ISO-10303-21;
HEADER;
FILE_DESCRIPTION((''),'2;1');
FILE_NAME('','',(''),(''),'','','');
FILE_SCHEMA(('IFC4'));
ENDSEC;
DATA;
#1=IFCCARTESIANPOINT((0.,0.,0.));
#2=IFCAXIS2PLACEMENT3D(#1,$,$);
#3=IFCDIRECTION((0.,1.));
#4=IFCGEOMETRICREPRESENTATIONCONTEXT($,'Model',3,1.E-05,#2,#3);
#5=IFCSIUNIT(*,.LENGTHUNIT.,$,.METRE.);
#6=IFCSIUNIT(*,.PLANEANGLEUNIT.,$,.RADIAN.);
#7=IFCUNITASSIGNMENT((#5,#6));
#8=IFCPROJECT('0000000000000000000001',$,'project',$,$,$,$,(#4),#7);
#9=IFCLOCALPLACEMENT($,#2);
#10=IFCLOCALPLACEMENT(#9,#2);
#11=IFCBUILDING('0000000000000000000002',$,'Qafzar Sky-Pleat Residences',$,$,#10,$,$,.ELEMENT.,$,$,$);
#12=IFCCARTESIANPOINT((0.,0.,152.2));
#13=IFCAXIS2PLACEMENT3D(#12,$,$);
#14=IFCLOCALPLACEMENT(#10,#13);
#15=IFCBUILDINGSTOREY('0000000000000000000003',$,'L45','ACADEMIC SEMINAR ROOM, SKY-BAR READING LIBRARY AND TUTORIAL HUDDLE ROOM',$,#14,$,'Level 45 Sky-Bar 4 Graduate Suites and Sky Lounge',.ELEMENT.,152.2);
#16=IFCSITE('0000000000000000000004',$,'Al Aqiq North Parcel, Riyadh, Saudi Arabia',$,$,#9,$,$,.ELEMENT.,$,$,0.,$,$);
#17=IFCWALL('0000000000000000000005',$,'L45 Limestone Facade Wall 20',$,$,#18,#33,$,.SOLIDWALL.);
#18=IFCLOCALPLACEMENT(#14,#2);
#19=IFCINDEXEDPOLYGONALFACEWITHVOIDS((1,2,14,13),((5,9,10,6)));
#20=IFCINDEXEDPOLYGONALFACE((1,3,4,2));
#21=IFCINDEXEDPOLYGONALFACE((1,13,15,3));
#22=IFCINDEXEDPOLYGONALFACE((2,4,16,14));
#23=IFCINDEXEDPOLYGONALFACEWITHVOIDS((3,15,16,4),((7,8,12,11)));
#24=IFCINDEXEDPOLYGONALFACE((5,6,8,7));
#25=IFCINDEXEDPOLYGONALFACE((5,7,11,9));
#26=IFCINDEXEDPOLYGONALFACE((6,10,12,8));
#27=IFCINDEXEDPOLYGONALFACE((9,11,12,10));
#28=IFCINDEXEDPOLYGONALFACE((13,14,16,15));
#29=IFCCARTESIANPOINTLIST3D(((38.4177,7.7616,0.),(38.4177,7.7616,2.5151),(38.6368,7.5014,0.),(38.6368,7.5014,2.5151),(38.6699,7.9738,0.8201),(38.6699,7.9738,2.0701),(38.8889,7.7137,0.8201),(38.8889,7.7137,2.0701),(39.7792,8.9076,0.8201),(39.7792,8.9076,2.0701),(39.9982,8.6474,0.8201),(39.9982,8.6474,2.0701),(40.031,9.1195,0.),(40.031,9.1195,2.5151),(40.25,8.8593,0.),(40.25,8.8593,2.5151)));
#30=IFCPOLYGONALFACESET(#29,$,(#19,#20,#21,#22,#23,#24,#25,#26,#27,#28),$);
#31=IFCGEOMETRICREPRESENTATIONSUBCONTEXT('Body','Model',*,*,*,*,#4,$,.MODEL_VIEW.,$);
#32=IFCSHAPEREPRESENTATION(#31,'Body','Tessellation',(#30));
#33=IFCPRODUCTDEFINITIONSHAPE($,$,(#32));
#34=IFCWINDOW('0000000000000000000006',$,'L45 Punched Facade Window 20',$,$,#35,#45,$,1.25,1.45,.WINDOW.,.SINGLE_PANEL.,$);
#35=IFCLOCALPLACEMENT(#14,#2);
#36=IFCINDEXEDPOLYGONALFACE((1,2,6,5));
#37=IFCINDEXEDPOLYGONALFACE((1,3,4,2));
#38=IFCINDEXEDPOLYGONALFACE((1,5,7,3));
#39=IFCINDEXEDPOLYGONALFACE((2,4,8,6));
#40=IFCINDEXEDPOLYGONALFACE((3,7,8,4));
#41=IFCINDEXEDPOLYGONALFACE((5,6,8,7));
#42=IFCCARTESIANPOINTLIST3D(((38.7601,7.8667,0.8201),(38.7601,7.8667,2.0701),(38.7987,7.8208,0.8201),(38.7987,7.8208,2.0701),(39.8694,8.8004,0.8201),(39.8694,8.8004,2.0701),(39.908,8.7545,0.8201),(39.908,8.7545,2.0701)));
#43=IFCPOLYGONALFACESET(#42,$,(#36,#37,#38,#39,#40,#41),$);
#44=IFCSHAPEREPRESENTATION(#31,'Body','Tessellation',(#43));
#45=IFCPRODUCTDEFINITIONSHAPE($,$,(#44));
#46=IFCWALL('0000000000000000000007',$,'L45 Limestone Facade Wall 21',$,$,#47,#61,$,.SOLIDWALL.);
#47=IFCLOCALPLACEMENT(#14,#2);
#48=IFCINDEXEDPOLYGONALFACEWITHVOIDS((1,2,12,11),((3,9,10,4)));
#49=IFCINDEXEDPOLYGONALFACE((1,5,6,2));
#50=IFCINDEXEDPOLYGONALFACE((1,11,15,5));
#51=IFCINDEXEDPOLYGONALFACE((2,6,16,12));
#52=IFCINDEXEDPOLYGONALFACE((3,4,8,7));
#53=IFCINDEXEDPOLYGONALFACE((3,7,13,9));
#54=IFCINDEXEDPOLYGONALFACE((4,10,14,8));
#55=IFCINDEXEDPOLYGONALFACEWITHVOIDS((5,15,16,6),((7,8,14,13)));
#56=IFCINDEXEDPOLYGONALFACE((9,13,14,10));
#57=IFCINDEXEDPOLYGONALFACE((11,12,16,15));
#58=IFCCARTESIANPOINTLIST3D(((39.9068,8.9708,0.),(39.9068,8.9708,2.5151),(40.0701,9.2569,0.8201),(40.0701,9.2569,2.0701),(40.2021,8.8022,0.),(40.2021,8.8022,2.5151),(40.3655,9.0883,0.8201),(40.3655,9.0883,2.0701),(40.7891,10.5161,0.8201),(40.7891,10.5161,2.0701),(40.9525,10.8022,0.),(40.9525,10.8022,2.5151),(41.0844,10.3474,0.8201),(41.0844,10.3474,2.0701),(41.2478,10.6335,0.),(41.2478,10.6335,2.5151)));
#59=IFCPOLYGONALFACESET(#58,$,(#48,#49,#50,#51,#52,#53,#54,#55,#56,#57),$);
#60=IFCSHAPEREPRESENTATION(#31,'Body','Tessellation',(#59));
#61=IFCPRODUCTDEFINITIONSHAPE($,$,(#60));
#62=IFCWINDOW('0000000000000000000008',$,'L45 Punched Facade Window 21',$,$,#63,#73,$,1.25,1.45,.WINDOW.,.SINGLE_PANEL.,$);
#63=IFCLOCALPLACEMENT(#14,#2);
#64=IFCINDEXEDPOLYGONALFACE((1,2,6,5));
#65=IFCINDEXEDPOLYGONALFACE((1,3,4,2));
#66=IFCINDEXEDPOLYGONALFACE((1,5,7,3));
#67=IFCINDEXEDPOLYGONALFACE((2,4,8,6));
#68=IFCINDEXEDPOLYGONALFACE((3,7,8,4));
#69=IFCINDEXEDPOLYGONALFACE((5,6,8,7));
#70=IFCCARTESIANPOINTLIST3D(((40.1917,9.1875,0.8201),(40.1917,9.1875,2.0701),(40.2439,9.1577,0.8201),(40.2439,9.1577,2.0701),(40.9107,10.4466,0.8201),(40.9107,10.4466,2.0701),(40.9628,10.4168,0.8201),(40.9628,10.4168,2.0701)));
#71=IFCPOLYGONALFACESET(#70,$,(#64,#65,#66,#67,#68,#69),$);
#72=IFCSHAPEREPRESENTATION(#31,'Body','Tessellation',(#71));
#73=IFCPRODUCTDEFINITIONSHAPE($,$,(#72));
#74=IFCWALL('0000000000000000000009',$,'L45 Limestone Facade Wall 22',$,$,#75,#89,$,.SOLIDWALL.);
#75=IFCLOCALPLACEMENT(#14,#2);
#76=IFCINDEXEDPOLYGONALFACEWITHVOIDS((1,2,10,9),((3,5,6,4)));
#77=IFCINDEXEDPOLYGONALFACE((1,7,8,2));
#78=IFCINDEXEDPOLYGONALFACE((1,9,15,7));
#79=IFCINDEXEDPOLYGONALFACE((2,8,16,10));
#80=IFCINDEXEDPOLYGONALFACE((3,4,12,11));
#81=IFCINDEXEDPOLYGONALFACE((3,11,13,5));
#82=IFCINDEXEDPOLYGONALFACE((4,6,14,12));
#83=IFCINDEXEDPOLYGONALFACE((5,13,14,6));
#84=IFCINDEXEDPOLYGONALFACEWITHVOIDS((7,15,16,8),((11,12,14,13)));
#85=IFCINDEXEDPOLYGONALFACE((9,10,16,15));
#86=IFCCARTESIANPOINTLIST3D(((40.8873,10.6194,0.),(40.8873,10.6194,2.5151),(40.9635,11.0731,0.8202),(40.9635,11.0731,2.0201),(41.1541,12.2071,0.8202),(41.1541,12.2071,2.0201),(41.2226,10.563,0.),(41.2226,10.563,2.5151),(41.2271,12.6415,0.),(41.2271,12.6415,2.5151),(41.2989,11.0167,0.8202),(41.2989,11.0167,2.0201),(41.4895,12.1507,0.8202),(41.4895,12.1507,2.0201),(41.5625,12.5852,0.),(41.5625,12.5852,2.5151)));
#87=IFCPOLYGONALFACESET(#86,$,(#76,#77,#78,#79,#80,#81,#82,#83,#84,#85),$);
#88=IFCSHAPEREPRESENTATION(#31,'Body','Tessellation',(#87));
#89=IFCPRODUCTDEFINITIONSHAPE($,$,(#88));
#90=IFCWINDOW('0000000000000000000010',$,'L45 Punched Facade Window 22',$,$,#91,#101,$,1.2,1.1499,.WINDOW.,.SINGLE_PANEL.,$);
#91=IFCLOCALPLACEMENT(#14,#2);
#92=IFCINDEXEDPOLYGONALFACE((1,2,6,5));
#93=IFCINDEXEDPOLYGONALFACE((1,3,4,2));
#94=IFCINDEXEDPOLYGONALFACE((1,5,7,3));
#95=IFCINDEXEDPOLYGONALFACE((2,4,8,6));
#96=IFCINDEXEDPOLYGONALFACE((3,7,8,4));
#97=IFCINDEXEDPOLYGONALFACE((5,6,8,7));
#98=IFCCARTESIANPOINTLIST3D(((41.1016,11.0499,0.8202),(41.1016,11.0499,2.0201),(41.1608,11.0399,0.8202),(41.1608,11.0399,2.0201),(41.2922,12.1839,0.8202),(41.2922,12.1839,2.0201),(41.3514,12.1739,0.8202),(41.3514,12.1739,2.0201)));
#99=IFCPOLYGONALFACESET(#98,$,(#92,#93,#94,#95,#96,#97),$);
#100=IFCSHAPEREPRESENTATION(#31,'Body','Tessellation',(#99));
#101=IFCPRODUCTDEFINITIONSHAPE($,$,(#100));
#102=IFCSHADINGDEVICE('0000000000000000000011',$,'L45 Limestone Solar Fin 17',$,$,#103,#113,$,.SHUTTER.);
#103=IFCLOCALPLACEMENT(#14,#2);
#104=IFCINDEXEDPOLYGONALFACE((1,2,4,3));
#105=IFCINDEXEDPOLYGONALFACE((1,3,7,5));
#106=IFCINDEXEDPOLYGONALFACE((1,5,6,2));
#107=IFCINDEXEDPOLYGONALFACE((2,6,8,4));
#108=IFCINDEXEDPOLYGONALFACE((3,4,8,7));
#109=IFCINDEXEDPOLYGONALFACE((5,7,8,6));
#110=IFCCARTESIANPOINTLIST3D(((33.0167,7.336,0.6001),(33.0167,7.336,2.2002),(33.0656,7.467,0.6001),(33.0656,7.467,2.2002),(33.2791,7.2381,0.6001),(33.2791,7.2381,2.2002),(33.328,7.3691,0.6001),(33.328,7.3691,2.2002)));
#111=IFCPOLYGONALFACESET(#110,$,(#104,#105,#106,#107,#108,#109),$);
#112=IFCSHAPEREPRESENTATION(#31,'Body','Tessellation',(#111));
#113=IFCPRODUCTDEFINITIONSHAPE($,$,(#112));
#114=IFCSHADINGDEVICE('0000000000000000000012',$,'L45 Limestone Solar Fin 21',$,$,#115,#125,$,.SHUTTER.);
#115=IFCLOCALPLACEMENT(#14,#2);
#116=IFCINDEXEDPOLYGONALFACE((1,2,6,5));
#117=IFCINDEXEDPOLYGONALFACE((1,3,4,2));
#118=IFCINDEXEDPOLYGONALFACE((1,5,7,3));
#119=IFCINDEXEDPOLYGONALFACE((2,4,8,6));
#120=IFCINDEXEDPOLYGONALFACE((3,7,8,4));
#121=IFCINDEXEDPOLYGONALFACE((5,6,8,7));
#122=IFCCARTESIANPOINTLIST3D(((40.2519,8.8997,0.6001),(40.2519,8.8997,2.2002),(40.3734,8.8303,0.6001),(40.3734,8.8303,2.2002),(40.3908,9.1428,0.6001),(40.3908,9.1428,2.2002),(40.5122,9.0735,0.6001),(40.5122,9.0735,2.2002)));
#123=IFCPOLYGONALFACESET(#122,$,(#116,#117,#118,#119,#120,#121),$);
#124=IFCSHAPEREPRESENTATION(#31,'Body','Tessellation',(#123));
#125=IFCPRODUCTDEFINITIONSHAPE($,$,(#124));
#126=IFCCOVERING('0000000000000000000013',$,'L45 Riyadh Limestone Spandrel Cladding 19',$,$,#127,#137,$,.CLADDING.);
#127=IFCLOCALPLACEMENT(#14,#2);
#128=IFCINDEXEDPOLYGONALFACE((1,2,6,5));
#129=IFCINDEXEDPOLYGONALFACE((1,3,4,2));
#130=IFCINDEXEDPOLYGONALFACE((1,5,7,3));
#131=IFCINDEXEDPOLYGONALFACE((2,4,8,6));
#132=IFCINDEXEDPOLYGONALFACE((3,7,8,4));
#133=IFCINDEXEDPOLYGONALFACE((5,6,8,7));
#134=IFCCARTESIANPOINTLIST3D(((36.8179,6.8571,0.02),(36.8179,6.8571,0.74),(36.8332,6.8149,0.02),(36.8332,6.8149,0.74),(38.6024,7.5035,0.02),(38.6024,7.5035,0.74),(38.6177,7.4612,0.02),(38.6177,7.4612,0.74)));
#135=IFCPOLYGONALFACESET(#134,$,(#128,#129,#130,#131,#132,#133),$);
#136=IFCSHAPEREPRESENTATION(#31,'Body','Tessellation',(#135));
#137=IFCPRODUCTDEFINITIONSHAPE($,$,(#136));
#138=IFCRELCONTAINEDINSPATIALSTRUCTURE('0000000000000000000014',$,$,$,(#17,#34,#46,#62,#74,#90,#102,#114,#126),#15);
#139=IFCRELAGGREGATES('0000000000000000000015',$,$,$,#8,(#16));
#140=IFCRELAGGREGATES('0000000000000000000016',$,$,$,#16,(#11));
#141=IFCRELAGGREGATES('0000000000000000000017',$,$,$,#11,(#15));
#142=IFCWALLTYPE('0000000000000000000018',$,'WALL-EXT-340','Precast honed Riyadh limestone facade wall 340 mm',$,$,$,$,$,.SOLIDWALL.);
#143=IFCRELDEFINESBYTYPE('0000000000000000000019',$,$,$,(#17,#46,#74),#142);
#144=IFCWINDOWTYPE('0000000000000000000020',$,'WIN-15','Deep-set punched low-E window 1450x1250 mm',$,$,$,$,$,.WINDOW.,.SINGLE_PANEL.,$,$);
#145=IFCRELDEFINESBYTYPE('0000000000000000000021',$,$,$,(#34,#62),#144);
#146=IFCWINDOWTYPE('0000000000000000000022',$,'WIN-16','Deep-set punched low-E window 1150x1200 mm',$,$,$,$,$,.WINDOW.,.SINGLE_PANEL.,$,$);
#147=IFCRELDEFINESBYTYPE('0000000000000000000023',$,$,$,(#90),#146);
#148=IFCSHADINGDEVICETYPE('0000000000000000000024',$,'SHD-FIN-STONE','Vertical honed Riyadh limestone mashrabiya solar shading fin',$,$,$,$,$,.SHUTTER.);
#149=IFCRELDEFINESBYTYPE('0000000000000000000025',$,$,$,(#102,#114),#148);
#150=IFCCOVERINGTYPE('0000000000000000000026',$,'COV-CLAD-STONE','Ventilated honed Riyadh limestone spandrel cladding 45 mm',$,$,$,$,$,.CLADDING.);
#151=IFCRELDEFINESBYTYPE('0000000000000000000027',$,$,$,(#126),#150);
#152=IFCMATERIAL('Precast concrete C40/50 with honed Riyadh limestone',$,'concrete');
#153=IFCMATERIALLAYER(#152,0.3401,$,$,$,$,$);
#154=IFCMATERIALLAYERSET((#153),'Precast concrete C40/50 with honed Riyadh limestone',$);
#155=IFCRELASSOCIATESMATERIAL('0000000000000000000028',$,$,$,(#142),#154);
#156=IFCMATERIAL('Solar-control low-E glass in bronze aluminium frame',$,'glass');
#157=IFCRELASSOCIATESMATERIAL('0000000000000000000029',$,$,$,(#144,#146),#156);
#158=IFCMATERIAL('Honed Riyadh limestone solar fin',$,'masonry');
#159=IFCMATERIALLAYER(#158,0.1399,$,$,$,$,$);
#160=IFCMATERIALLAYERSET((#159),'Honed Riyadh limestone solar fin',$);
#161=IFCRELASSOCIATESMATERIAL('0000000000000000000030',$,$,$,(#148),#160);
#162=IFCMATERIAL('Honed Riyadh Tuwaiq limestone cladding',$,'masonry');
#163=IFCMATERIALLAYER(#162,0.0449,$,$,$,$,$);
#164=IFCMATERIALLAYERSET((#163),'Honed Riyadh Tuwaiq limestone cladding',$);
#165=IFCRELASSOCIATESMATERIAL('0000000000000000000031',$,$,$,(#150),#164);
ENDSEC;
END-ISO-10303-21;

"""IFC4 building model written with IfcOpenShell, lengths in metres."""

from ifc_helpers import new_model, si_unit, direction, frame, frame_2d, origin, origin_2d, place, context, subcontext, project, spatial, rectangle, extrude, source, transform, mapped, material, layer, layer_set, type_object, element, fill, save


model = new_model("IFC4")

# Units and contexts
model_context = context("Model", 3, precision=1e-05, world=origin(), true_north=direction((0.0, 1.0)))
body_context = subcontext(model_context, "Body", "Model", "MODEL_VIEW")
ifc_project = project(units=[si_unit("LENGTHUNIT", "METRE"), si_unit("PLANEANGLEUNIT", "RADIAN")], contexts=[model_context])

# Site, building, storey
site_placement = place(None, origin())
site = spatial("IfcSite", under=ifc_project, at=site_placement, Name="Al Aqiq North Parcel, Riyadh, Saudi Arabia", CompositionType="ELEMENT", RefElevation=0.0)
building_placement = place(site_placement, origin())
building = spatial("IfcBuilding", under=site, at=building_placement, Name="Qafzar Sky-Pleat Residences", CompositionType="ELEMENT")
storey_placement = place(building_placement, frame((0.0, 0.0, 152.2)))
storey = spatial("IfcBuildingStorey", under=building, at=storey_placement, Name="L45", Description="ACADEMIC SEMINAR ROOM, SKY-BAR READING LIBRARY AND TUTORIAL HUDDLE ROOM", LongName="Level 45 Sky-Bar 4 Graduate Suites and Sky Lounge", CompositionType="ELEMENT", Elevation=152.2)

# Walls, openings, windows
ifc_material_1 = material(Name="Precast concrete C40/50 with honed Riyadh limestone", Category="concrete")
ifc_layer_1 = layer(ifc_material_1, 0.3401)
ifc_layer_set_1 = layer_set([ifc_layer_1], Name="Precast concrete C40/50 with honed Riyadh limestone")
wall_type = type_object("IfcWallType", Name="WALL-EXT-340", Description="Precast honed Riyadh limestone facade wall 340 mm", PredefinedType="SOLIDWALL", material=ifc_layer_set_1)
ifc_material_2 = material(Name="Solar-control low-E glass in bronze aluminium frame", Category="glass")
window_type_1 = type_object("IfcWindowType", Name="WIN-15", Description="Deep-set punched low-E window 1450x1250 mm", PartitioningType="SINGLE_PANEL", PredefinedType="WINDOW", material=ifc_material_2)
shared_shape_1 = source(origin(), body_context, "Body", "SweptSolid", [
    extrude(rectangle(XDim=1.45, YDim=1.25, at=frame_2d((0.7251, 0.625))), frame((0.0, 0.03, 0.0), z_axis=(0.0, -1.0, 0.0), x_axis=(1.0, 0.0, 0.0)), (0.0, 0.0, 1.0), 0.0601),
])
wall_1_placement = place(storey_placement, frame((38.5273, 7.6316, 0.0), z_axis=(0.0, 0.0, 1.0), x_axis=(0.765061, 0.643957, 0.0)))
wall_1 = element("IfcWall", 1, at=wall_1_placement, inside=storey, type_object=wall_type, Name="L45 Limestone Facade Wall 20", PredefinedType="SOLIDWALL", context=body_context, shape_type="SweptSolid", body=[
    extrude(rectangle(XDim=2.1086, YDim=0.3401, at=frame_2d((1.0542, 0.0))), origin(), (0.0, 0.0, 1.0), 2.5151),
])
opening_1_placement = place(wall_1_placement, frame((0.3293, 0.0, 0.8201)))
opening_1 = element("IfcOpeningElement", 2, at=opening_1_placement, cuts=wall_1, PredefinedType="OPENING", context=body_context, shape_type="SweptSolid", body=[
    extrude(rectangle(XDim=1.45, YDim=1.25, at=frame_2d((0.7251, 0.625))), frame((0.0, 0.1802, 0.0), z_axis=(0.0, -1.0, 0.0), x_axis=(1.0, 0.0, 0.0)), (0.0, 0.0, 1.0), 0.3601),
])
window_1_placement = place(opening_1_placement, origin())
window_1 = element("IfcWindow", 3, at=window_1_placement, inside=storey, type_object=window_type_1, Name="L45 Punched Facade Window 20", OverallHeight=1.25, OverallWidth=1.45, PartitioningType="SINGLE_PANEL", PredefinedType="WINDOW", context=body_context, shape_type="MappedRepresentation", body=[
    mapped(shared_shape_1, transform((0.0, 0.0, 0.0), x_axis=(1.0, 0.0, 0.0), y_axis=(0.0, 1.0, 0.0), z_axis=(0.0, 0.0, 1.0), scale=1.0)),
])
fill(opening_1, window_1)
wall_2_placement = place(storey_placement, frame((40.0544, 8.8865, 0.0), z_axis=(0.0, 0.0, 1.0), x_axis=(0.495852, 0.868407, 0.0)))
wall_2 = element("IfcWall", 4, at=wall_2_placement, inside=storey, type_object=wall_type, Name="L45 Limestone Facade Wall 21", PredefinedType="SOLIDWALL", context=body_context, shape_type="SweptSolid", body=[
    extrude(rectangle(XDim=2.1089, YDim=0.3401, at=frame_2d((1.0544, 0.0))), origin(), (0.0, 0.0, 1.0), 2.5151),
])
opening_2_placement = place(wall_2_placement, frame((0.3293, 0.0, 0.8201)))
opening_2 = element("IfcOpeningElement", 5, at=opening_2_placement, cuts=wall_2, PredefinedType="OPENING", context=body_context, shape_type="SweptSolid", body=[
    extrude(rectangle(XDim=1.45, YDim=1.25, at=frame_2d((0.7251, 0.625))), frame((0.0, 0.1802, 0.0), z_axis=(0.0, -1.0, 0.0), x_axis=(1.0, 0.0, 0.0)), (0.0, 0.0, 1.0), 0.3601),
])
window_2_placement = place(opening_2_placement, origin())
window_2 = element("IfcWindow", 6, at=window_2_placement, inside=storey, type_object=window_type_1, Name="L45 Punched Facade Window 21", OverallHeight=1.25, OverallWidth=1.45, PartitioningType="SINGLE_PANEL", PredefinedType="WINDOW", context=body_context, shape_type="MappedRepresentation", body=[
    mapped(shared_shape_1, transform((0.0, 0.0, 0.0), x_axis=(1.0, 0.0, 0.0), y_axis=(0.0, 1.0, 0.0), z_axis=(0.0, 0.0, 1.0), scale=1.0)),
])
fill(opening_2, window_2)
wall_3_placement = place(storey_placement, frame((41.0549, 10.5911, 0.0), z_axis=(0.0, 0.0, 1.0), x_axis=(0.165731, 0.986171, 0.0)))
wall_3 = element("IfcWall", 7, at=wall_3_placement, inside=storey, type_object=wall_type, Name="L45 Limestone Facade Wall 22", PredefinedType="SOLIDWALL", context=body_context, shape_type="SweptSolid", body=[
    extrude(rectangle(XDim=2.0505, YDim=0.3401, at=frame_2d((1.0254, 0.0))), origin(), (0.0, 0.0, 1.0), 2.5151),
])
opening_3_placement = place(wall_3_placement, frame((0.4602, 0.0, 0.8201)))
opening_3 = element("IfcOpeningElement", 8, at=opening_3_placement, cuts=wall_3, PredefinedType="OPENING", context=body_context, shape_type="SweptSolid", body=[
    extrude(rectangle(XDim=1.1499, YDim=1.2, at=frame_2d((0.575, 0.6001))), frame((0.0, 0.1802, 0.0), z_axis=(0.0, -1.0, 0.0), x_axis=(1.0, 0.0, 0.0)), (0.0, 0.0, 1.0), 0.3601),
])
window_type_2 = type_object("IfcWindowType", Name="WIN-16", Description="Deep-set punched low-E window 1150x1200 mm", PartitioningType="SINGLE_PANEL", PredefinedType="WINDOW", material=ifc_material_2)
shared_shape_2 = source(origin(), body_context, "Body", "SweptSolid", [
    extrude(rectangle(XDim=1.1499, YDim=1.2, at=frame_2d((0.575, 0.6001))), frame((0.0, 0.03, 0.0), z_axis=(0.0, -1.0, 0.0), x_axis=(1.0, 0.0, 0.0)), (0.0, 0.0, 1.0), 0.0601),
])
window_3_placement = place(opening_3_placement, origin())
window_3 = element("IfcWindow", 9, at=window_3_placement, inside=storey, type_object=window_type_2, Name="L45 Punched Facade Window 22", OverallHeight=1.2, OverallWidth=1.1499, PartitioningType="SINGLE_PANEL", PredefinedType="WINDOW", context=body_context, shape_type="MappedRepresentation", body=[
    mapped(shared_shape_2, transform((0.0, 0.0, 0.0), x_axis=(1.0, 0.0, 0.0), y_axis=(0.0, 1.0, 0.0), z_axis=(0.0, 0.0, 1.0), scale=1.0)),
])
fill(opening_3, window_3)

# Shading devices
ifc_material_3 = material(Name="Honed Riyadh limestone solar fin", Category="masonry")
ifc_layer_2 = layer(ifc_material_3, 0.1399)
ifc_layer_set_2 = layer_set([ifc_layer_2], Name="Honed Riyadh limestone solar fin")
shading_device_type = type_object("IfcShadingDeviceType", Name="SHD-FIN-STONE", Description="Vertical honed Riyadh limestone mashrabiya solar shading fin", PredefinedType="SHUTTER", material=ifc_layer_set_2)
shared_shape_3 = source(origin(), body_context, "Body", "SweptSolid", [
    extrude(rectangle(XDim=0.1399, YDim=0.28, at=origin_2d()), origin(), (0.0, 0.0, 1.0), 1.6001),
])
for number, where, z_axis, x_axis, name in (
    (10, (33.1724, 7.3525, 0.6001), (0.0, 0.0, 1.0), (-0.349592, -0.936902, 0.0), "L45 Limestone Solar Fin 17"),
    (11, (40.3821, 8.9866, 0.6001), (0.0, 0.0, 1.0), (0.868422, -0.495826, 0.0), "L45 Limestone Solar Fin 21"),
):
    element("IfcShadingDevice", number, at=place(storey_placement, frame(where, z_axis=z_axis, x_axis=x_axis)), inside=storey, type_object=shading_device_type, Name=name, PredefinedType="SHUTTER", context=body_context, shape_type="MappedRepresentation", body=[
        mapped(shared_shape_3, transform((0.0, 0.0, 0.0), x_axis=(1.0, 0.0, 0.0), y_axis=(0.0, 1.0, 0.0), z_axis=(0.0, 0.0, 1.0), scale=1.0)),
    ])

# Covering
ifc_material_4 = material(Name="Honed Riyadh Tuwaiq limestone cladding", Category="masonry")
ifc_layer_3 = layer(ifc_material_4, 0.0449)
ifc_layer_set_3 = layer_set([ifc_layer_3], Name="Honed Riyadh Tuwaiq limestone cladding")
covering_type = type_object("IfcCoveringType", Name="COV-CLAD-STONE", Description="Ventilated honed Riyadh limestone spandrel cladding 45 mm", PredefinedType="CLADDING", material=ifc_layer_set_3)
shared_shape_4 = source(origin(), body_context, "Body", "SweptSolid", [
    extrude(rectangle(XDim=1.8979, YDim=0.0449, at=origin_2d()), origin(), (0.0, 0.0, 1.0), 0.72),
])
covering_placement = place(storey_placement, frame((37.7178, 7.1592, 0.02), z_axis=(0.0, 0.0, 1.0), x_axis=(0.940232, 0.340536, 0.0)))
element("IfcCovering", 12, at=covering_placement, inside=storey, type_object=covering_type, Name="L45 Riyadh Limestone Spandrel Cladding 19", PredefinedType="CLADDING", context=body_context, shape_type="MappedRepresentation", body=[
    mapped(shared_shape_4, transform((0.0, 0.0, 0.0), x_axis=(1.0, 0.0, 0.0), y_axis=(0.0, 1.0, 0.0), z_axis=(0.0, 0.0, 1.0), scale=1.0)),
])

save(model, "model.ifc")
